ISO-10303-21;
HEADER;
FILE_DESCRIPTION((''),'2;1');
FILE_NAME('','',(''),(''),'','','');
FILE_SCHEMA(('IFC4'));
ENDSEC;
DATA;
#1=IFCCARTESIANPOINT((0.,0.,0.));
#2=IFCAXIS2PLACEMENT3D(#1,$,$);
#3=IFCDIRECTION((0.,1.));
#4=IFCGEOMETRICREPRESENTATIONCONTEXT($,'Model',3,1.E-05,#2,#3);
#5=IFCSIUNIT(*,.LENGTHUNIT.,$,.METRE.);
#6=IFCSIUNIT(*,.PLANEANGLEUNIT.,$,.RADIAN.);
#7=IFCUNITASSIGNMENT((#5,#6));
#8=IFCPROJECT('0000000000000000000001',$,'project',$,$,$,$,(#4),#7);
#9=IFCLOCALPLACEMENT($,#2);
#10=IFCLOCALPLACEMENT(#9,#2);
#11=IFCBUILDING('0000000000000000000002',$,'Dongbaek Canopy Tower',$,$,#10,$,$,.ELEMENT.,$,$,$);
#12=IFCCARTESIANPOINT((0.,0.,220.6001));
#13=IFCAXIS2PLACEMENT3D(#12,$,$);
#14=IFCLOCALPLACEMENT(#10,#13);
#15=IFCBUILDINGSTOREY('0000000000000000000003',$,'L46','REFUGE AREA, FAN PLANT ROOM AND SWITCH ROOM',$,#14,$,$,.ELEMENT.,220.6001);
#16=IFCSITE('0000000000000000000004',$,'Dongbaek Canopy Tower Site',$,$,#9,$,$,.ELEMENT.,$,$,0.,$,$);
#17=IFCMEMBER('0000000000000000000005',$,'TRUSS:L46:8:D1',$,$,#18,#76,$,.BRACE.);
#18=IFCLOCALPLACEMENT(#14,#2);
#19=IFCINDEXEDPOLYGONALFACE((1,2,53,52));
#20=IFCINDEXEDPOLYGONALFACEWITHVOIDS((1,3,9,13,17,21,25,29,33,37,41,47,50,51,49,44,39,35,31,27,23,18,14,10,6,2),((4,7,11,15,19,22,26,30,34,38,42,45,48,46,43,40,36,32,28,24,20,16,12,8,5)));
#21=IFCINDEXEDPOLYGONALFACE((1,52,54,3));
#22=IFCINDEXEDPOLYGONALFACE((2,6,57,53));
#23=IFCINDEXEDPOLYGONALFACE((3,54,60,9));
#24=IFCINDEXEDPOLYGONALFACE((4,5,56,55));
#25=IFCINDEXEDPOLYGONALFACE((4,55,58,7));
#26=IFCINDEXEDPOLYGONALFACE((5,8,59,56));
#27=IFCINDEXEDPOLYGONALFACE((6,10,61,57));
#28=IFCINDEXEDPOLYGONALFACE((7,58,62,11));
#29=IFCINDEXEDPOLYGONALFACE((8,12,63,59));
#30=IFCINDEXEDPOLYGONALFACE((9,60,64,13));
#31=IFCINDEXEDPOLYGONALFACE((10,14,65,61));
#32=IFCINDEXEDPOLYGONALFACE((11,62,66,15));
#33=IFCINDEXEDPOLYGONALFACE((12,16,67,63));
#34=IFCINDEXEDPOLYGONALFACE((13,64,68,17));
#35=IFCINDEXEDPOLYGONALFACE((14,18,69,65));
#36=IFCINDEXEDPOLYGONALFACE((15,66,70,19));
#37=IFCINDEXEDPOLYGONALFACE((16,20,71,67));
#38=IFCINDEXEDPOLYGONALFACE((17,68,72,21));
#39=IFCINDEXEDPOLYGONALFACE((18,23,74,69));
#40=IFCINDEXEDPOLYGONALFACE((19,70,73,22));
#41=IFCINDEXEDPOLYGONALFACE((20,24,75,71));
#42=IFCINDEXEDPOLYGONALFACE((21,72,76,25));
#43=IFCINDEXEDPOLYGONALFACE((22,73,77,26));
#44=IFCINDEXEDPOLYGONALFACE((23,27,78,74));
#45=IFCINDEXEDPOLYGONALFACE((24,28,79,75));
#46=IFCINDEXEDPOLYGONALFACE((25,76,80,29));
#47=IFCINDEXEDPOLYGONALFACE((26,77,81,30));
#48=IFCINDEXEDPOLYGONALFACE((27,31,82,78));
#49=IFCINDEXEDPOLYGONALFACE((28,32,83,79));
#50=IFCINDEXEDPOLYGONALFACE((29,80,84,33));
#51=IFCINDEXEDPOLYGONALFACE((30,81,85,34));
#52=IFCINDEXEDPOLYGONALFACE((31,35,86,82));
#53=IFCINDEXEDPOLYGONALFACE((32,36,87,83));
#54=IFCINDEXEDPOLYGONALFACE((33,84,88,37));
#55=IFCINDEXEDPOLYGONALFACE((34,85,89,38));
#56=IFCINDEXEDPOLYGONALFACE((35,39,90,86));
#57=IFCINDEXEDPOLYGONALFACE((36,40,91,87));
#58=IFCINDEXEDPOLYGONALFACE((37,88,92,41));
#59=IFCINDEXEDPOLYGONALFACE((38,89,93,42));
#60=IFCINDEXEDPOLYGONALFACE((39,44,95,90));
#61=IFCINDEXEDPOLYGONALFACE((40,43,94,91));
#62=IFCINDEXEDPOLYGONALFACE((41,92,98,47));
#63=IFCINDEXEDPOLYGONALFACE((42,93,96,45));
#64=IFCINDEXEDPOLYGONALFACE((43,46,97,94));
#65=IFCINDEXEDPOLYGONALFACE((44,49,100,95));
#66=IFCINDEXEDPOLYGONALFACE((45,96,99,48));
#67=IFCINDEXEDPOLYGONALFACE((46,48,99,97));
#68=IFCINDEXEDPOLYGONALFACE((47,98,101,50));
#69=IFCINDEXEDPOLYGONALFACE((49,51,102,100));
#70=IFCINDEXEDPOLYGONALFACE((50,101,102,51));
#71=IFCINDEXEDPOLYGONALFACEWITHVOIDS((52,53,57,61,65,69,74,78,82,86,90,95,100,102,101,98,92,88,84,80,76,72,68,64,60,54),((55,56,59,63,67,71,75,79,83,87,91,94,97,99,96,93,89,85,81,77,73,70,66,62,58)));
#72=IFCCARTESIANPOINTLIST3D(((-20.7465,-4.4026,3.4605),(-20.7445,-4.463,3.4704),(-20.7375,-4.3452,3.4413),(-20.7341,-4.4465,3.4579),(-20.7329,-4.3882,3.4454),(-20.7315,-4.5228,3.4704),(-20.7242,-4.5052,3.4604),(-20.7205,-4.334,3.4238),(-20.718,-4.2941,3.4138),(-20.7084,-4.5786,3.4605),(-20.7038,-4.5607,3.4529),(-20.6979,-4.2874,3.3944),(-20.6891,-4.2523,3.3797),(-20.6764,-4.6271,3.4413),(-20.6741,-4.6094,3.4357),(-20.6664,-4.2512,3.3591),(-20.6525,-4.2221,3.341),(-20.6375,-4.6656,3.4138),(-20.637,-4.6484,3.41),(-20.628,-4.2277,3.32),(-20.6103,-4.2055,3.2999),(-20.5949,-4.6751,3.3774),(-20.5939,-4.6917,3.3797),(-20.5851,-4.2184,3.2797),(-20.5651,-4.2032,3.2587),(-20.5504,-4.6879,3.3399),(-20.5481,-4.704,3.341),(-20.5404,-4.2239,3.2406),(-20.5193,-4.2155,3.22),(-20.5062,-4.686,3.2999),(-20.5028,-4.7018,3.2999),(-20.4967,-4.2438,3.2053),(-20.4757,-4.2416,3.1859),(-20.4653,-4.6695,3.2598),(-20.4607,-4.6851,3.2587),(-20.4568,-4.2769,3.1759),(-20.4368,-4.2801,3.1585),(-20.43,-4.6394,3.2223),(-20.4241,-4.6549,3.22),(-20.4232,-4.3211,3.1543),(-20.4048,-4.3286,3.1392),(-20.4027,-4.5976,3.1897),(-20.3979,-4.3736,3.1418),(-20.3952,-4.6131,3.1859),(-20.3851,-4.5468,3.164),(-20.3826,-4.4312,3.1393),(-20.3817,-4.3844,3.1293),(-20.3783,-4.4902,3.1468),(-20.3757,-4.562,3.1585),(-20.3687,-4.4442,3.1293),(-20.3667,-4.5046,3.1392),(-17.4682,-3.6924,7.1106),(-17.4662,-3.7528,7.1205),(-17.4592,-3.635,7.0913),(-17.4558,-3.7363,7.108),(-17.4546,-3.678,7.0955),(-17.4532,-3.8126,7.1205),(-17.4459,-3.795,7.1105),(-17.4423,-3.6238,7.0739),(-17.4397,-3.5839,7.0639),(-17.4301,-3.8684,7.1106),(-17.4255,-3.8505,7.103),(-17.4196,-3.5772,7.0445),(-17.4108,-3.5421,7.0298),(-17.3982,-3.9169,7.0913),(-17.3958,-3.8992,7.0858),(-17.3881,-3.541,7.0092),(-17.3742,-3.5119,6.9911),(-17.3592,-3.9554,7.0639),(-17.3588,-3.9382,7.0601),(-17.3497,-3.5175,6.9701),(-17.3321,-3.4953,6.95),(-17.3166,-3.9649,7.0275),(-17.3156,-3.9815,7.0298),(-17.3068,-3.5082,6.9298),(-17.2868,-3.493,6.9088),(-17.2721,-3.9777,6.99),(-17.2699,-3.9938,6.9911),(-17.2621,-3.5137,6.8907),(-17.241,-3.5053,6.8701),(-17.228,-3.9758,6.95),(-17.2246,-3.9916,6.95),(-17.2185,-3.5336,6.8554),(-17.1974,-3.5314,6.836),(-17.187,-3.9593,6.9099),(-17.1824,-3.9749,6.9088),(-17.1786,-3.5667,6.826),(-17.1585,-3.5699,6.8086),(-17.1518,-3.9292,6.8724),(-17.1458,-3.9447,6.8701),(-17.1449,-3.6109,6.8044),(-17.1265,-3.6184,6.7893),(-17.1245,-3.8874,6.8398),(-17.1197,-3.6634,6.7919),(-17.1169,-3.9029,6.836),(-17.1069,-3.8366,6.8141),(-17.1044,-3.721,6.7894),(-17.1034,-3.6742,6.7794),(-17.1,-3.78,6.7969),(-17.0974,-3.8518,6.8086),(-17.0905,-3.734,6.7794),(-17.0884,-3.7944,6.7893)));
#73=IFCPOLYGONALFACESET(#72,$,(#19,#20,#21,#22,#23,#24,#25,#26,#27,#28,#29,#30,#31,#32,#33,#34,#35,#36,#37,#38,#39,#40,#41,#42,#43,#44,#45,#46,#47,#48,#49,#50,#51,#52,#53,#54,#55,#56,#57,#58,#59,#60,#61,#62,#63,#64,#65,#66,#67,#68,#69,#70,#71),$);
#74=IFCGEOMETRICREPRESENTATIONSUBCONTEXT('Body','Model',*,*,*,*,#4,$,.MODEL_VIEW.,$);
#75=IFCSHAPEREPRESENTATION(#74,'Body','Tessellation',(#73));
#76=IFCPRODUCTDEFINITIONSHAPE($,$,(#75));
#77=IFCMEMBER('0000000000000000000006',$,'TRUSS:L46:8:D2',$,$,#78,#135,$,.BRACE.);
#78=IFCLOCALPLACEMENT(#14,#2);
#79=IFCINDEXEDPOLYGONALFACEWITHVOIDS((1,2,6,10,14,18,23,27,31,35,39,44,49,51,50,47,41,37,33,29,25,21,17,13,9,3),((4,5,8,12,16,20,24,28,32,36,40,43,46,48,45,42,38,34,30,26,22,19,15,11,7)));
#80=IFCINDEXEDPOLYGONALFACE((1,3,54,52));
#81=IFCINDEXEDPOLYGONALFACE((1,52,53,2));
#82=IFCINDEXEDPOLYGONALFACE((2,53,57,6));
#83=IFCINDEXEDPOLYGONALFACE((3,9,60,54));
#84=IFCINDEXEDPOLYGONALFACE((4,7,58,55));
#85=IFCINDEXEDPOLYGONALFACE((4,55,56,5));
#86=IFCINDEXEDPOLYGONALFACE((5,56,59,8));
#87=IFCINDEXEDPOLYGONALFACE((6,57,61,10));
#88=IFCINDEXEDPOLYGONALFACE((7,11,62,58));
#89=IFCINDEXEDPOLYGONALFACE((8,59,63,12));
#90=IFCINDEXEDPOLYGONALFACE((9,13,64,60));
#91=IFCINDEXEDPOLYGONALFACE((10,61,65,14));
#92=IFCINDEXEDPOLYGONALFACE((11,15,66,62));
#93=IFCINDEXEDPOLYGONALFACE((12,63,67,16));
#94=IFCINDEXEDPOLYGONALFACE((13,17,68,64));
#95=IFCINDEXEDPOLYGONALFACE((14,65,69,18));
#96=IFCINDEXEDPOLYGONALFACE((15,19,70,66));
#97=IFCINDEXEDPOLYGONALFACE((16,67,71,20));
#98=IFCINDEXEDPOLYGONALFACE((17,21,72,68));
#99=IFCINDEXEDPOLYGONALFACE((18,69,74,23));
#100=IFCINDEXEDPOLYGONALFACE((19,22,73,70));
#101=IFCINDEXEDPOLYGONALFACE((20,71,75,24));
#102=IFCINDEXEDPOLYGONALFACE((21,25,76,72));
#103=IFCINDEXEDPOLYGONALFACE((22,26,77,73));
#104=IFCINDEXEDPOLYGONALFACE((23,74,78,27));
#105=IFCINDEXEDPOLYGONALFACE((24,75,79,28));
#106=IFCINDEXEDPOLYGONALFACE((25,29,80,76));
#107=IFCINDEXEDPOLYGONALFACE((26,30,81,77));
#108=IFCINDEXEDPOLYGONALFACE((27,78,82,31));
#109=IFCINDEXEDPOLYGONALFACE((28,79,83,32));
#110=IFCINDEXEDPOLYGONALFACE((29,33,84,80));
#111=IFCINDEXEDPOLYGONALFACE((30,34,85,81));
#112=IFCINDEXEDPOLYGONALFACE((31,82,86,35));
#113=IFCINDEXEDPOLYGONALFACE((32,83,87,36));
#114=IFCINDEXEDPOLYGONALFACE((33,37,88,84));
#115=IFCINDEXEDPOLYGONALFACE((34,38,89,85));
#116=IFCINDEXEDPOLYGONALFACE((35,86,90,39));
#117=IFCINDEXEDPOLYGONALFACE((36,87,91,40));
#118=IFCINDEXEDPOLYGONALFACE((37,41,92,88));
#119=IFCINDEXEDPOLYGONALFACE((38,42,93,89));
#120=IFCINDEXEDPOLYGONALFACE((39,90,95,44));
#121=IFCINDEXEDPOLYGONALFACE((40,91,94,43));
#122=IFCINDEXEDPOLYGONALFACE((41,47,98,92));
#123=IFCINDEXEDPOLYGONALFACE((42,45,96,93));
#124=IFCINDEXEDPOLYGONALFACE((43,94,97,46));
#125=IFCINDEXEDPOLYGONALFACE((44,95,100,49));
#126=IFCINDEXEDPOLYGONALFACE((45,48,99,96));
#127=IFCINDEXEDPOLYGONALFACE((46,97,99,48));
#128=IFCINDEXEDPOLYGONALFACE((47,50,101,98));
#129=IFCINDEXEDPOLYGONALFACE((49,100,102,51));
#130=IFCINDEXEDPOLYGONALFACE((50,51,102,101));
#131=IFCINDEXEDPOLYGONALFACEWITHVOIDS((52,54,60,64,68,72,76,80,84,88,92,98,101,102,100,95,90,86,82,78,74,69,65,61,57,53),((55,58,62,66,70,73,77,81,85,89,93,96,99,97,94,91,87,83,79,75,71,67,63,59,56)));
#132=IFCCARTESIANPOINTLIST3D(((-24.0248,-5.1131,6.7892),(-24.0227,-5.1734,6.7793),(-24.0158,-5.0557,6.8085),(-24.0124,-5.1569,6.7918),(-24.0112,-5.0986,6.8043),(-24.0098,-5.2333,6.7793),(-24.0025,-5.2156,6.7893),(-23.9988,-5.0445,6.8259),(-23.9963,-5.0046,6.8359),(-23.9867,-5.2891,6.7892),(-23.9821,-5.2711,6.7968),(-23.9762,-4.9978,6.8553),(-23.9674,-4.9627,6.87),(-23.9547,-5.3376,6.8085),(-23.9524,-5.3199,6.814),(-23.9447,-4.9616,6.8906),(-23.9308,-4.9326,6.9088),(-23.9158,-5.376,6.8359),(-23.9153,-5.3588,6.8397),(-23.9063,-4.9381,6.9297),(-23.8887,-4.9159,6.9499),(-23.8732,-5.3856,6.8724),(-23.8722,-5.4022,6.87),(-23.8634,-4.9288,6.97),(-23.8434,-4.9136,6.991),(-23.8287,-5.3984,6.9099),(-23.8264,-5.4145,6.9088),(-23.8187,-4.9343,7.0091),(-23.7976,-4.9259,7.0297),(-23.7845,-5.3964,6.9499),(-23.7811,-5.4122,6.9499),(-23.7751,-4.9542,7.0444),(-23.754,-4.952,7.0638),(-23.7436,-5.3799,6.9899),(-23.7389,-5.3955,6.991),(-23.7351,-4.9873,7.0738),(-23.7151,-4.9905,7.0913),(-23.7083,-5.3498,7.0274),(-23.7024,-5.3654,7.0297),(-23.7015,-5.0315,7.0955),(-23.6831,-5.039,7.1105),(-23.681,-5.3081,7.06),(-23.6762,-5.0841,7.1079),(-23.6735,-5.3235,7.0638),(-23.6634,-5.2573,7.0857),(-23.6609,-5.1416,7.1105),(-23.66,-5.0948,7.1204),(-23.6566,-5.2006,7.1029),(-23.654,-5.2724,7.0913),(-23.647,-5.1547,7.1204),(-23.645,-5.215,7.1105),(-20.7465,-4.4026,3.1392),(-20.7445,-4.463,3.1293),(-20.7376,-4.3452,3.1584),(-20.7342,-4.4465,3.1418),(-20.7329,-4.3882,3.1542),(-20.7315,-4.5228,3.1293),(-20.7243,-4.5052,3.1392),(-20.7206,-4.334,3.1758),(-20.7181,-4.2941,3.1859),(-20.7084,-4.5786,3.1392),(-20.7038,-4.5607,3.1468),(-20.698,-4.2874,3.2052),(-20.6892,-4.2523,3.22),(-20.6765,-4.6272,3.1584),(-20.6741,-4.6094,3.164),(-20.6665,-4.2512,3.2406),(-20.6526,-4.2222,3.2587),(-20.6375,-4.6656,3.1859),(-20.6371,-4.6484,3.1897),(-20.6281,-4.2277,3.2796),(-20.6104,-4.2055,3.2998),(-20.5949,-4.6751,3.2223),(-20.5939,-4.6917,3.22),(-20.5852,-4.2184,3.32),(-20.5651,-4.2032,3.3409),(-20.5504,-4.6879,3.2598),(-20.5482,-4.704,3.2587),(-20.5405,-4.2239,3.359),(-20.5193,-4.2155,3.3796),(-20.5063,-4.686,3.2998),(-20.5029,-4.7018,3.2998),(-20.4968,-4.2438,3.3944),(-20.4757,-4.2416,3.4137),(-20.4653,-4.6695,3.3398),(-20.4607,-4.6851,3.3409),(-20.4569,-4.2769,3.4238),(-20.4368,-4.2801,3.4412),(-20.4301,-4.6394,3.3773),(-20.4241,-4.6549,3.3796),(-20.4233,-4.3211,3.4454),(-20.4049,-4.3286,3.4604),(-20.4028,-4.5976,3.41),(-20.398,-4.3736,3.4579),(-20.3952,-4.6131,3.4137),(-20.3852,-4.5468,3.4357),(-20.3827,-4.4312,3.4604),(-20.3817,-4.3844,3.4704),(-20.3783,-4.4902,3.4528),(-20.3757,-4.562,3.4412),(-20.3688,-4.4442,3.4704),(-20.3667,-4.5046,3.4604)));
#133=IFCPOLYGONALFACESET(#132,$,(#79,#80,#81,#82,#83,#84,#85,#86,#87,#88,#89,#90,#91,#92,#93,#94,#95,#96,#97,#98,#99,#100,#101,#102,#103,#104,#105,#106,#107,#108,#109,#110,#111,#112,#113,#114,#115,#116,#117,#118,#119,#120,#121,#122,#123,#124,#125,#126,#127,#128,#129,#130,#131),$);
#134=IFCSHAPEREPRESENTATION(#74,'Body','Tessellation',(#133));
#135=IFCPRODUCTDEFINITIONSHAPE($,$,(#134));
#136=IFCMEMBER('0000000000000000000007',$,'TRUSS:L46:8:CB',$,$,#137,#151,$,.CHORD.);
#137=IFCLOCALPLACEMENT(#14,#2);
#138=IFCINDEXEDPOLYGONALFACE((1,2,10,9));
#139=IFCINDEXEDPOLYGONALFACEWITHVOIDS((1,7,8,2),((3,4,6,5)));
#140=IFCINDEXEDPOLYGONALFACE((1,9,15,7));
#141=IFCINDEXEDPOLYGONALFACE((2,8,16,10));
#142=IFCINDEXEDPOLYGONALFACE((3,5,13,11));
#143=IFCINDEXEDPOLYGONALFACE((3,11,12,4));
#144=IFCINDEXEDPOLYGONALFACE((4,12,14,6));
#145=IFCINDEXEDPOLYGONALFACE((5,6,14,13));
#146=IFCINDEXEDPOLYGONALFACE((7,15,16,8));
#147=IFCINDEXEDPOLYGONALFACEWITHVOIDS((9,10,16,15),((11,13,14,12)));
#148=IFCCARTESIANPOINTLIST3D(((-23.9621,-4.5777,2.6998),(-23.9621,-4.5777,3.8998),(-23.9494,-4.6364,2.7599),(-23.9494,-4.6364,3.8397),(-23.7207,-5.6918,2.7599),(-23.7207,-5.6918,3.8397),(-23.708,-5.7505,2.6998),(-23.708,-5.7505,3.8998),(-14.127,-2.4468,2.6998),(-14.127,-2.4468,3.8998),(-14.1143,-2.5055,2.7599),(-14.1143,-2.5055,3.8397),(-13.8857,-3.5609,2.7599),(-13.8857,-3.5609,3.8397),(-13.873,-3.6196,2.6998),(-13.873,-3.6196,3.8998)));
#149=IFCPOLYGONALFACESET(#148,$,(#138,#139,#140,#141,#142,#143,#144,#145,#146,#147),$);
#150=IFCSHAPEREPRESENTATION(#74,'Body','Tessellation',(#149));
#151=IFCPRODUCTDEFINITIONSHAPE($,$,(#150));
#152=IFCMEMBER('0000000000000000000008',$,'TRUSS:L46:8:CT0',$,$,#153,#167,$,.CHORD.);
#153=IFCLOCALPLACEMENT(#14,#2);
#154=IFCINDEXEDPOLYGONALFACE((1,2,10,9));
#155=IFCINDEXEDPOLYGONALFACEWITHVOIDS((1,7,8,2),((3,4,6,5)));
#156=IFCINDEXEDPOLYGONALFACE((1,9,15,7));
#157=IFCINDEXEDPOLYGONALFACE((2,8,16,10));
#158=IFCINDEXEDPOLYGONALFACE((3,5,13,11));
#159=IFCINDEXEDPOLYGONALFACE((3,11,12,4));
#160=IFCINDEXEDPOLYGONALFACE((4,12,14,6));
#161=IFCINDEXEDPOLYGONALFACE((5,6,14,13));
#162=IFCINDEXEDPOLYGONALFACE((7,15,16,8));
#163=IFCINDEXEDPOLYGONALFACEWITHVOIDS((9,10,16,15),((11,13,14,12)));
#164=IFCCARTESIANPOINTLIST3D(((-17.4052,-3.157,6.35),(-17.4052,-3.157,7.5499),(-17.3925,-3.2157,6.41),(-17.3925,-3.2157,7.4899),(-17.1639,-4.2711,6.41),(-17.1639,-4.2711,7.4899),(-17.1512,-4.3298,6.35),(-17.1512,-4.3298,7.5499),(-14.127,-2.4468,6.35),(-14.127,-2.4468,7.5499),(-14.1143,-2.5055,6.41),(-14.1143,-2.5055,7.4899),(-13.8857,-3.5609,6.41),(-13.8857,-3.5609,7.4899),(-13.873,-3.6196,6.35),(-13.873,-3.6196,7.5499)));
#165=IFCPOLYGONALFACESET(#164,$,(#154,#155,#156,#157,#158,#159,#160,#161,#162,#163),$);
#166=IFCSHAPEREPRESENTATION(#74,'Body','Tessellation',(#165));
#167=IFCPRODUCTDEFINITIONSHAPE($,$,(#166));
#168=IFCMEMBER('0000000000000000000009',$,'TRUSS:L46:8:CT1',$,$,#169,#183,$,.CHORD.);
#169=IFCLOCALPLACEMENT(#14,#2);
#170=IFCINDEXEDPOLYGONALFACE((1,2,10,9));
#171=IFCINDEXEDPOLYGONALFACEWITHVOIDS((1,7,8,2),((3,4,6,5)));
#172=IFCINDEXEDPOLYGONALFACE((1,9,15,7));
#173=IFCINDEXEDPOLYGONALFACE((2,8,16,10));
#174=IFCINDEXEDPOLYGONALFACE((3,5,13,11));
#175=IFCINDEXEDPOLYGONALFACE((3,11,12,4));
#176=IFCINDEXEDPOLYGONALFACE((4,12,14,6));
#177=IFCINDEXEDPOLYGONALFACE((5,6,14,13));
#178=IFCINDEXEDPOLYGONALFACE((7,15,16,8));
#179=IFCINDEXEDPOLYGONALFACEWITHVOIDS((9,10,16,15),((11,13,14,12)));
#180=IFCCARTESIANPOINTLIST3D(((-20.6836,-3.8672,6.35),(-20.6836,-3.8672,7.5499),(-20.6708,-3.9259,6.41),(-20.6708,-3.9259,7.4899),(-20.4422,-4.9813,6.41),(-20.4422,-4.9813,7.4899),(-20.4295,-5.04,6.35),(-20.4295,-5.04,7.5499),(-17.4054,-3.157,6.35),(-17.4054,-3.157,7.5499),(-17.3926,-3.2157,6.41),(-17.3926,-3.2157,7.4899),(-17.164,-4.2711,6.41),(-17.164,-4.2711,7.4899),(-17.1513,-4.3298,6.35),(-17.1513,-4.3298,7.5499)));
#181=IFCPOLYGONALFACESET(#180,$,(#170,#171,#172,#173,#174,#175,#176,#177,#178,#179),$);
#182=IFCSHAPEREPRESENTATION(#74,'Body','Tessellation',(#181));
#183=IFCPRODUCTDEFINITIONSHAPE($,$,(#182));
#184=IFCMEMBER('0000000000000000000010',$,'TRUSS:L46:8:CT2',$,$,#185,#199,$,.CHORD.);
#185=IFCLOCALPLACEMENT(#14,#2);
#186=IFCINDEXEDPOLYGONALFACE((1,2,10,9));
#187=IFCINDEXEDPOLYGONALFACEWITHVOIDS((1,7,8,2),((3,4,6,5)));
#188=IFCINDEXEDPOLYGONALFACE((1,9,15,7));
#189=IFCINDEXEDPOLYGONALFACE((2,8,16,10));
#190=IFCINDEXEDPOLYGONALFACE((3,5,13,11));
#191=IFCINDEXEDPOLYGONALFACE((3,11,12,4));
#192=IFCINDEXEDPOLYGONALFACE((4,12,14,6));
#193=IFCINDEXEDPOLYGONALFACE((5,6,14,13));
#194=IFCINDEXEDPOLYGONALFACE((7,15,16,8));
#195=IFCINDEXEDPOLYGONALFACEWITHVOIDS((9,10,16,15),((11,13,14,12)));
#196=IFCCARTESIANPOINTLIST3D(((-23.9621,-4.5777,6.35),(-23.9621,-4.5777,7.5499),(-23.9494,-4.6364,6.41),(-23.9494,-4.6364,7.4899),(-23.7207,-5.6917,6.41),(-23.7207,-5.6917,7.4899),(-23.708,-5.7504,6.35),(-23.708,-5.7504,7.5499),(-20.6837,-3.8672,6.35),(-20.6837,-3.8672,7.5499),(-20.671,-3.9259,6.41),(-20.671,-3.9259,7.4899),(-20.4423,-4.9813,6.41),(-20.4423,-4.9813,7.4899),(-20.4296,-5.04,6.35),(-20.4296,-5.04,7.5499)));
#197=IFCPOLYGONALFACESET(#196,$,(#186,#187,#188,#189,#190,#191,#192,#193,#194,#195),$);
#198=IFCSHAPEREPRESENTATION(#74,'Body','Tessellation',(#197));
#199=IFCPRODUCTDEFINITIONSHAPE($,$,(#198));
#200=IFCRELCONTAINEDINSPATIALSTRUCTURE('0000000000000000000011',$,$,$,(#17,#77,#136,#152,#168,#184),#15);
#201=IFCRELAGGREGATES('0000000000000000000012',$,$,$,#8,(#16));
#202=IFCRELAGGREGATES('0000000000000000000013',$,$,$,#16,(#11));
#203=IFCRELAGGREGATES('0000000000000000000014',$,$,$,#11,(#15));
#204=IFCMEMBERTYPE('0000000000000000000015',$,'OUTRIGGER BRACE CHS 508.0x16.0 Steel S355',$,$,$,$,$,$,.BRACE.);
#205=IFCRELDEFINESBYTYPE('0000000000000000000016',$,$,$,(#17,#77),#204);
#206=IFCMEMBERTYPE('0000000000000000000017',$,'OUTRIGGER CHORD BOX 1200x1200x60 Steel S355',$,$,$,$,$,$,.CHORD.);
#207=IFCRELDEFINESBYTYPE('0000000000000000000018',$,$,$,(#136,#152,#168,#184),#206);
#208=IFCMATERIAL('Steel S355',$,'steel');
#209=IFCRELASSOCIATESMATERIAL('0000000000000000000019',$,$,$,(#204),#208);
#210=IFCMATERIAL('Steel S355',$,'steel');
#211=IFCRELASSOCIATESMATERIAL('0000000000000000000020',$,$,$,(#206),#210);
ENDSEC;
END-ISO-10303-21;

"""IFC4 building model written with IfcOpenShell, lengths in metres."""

from ifc_helpers import new_model, si_unit, direction, frame, origin, origin_2d, place, context, subcontext, project, spatial, hollow_rectangle, hollow_circle, extrude, material, material_profile, profile_set, type_object, element, save


model = new_model("IFC4")

# Units and contexts
model_context = context("Model", 3, precision=1e-05, world=origin(), true_north=direction((0.0, 1.0)))
body_context = subcontext(model_context, "Body", "Model", "MODEL_VIEW")
ifc_project = project(units=[si_unit("LENGTHUNIT", "METRE"), si_unit("PLANEANGLEUNIT", "RADIAN")], contexts=[model_context])

# Site, building, storey
site_placement = place(None, origin())
site = spatial("IfcSite", under=ifc_project, at=site_placement, Name="Dongbaek Canopy Tower Site", CompositionType="ELEMENT", RefElevation=0.0)
building_placement = place(site_placement, origin())
building = spatial("IfcBuilding", under=site, at=building_placement, Name="Dongbaek Canopy Tower", CompositionType="ELEMENT")
storey_placement = place(building_placement, frame((0.0, 0.0, 220.6001)))
storey = spatial("IfcBuildingStorey", under=building, at=storey_placement, Name="L46", Description="REFUGE AREA, FAN PLANT ROOM AND SWITCH ROOM", CompositionType="ELEMENT", Elevation=220.6001)

# Members
ifc_material_1 = material(Name="Steel S355", Category="steel")
ifc_material_profile_1 = material_profile(ifc_material_1, hollow_circle(Radius=0.2539, WallThickness=0.0161, at=origin_2d()), Name="OUTRIGGER BRACE CHS 508.0x16.0 Steel S355")
ifc_profile_set_1 = profile_set([ifc_material_profile_1], Name="Steel S355")
member_type_1 = type_object("IfcMemberType", Name="OUTRIGGER BRACE CHS 508.0x16.0 Steel S355", PredefinedType="BRACE", material=ifc_profile_set_1)
for number, where, z_axis, x_axis, name in (
    (1, (-17.2783, -3.7434, 6.95), (-0.661305, -0.143263, -0.73631), (0.211726, -0.977329, 0.0), "TRUSS:L46:8:D1"),
    (2, (-20.5566, -4.4536, 3.2998), (-0.6613, -0.143311, 0.736304), (0.211795, -0.977314, 0.0), "TRUSS:L46:8:D2"),
):
    element("IfcMember", number, at=place(storey_placement, frame(where, z_axis=z_axis, x_axis=x_axis)), inside=storey, type_object=member_type_1, Name=name, PredefinedType="BRACE", context=body_context, shape_type="SweptSolid", body=[
        extrude(hollow_circle(Radius=0.2539, WallThickness=0.0161, at=origin_2d()), origin(), (0.0, 0.0, 1.0), 4.9573),
    ])
ifc_material_2 = material(Name="Steel S355", Category="steel")
ifc_material_profile_2 = material_profile(ifc_material_2, hollow_rectangle(XDim=1.2, YDim=1.2, WallThickness=0.0601, at=origin_2d()), Name="OUTRIGGER CHORD BOX 1200x1200x60 Steel S355")
ifc_profile_set_2 = profile_set([ifc_material_profile_2], Name="Steel S355")
member_type_2 = type_object("IfcMemberType", Name="OUTRIGGER CHORD BOX 1200x1200x60 Steel S355", PredefinedType="CHORD", material=ifc_profile_set_2)
member_1_placement = place(storey_placement, frame((-14.0, -3.0332, 3.2998), z_axis=(-0.977324, -0.211749, 0.0), x_axis=(0.211749, -0.977324, 0.0)))
element("IfcMember", 3, at=member_1_placement, inside=storey, type_object=member_type_2, Name="TRUSS:L46:8:CB", PredefinedType="CHORD", context=body_context, shape_type="SweptSolid", body=[
    extrude(hollow_rectangle(XDim=1.2, YDim=1.2, WallThickness=0.0601, at=origin_2d()), origin(), (0.0, 0.0, 1.0), 10.0632),
])
for number, where, z_axis, x_axis, name in (
    (4, (-14.0, -3.0332, 6.95), (-0.977329, -0.211726, 0.0), (0.211726, -0.977329, 0.0), "TRUSS:L46:8:CT0"),
    (5, (-17.2783, -3.7434, 6.95), (-0.977329, -0.211726, 0.0), (0.211726, -0.977329, 0.0), "TRUSS:L46:8:CT1"),
):
    element("IfcMember", number, at=place(storey_placement, frame(where, z_axis=z_axis, x_axis=x_axis)), inside=storey, type_object=member_type_2, Name=name, PredefinedType="CHORD", context=body_context, shape_type="SweptSolid", body=[
        extrude(hollow_rectangle(XDim=1.2, YDim=1.2, WallThickness=0.0601, at=origin_2d()), origin(), (0.0, 0.0, 1.0), 3.3542),
    ])
member_2_placement = place(storey_placement, frame((-20.5566, -4.4536, 6.95), z_axis=(-0.977314, -0.211795, 0.0), x_axis=(0.211795, -0.977314, 0.0)))
element("IfcMember", 6, at=member_2_placement, inside=storey, type_object=member_type_2, Name="TRUSS:L46:8:CT2", PredefinedType="CHORD", context=body_context, shape_type="SweptSolid", body=[
    extrude(hollow_rectangle(XDim=1.2, YDim=1.2, WallThickness=0.0601, at=origin_2d()), origin(), (0.0, 0.0, 1.0), 3.3545),
])

save(model, "model.ifc")
